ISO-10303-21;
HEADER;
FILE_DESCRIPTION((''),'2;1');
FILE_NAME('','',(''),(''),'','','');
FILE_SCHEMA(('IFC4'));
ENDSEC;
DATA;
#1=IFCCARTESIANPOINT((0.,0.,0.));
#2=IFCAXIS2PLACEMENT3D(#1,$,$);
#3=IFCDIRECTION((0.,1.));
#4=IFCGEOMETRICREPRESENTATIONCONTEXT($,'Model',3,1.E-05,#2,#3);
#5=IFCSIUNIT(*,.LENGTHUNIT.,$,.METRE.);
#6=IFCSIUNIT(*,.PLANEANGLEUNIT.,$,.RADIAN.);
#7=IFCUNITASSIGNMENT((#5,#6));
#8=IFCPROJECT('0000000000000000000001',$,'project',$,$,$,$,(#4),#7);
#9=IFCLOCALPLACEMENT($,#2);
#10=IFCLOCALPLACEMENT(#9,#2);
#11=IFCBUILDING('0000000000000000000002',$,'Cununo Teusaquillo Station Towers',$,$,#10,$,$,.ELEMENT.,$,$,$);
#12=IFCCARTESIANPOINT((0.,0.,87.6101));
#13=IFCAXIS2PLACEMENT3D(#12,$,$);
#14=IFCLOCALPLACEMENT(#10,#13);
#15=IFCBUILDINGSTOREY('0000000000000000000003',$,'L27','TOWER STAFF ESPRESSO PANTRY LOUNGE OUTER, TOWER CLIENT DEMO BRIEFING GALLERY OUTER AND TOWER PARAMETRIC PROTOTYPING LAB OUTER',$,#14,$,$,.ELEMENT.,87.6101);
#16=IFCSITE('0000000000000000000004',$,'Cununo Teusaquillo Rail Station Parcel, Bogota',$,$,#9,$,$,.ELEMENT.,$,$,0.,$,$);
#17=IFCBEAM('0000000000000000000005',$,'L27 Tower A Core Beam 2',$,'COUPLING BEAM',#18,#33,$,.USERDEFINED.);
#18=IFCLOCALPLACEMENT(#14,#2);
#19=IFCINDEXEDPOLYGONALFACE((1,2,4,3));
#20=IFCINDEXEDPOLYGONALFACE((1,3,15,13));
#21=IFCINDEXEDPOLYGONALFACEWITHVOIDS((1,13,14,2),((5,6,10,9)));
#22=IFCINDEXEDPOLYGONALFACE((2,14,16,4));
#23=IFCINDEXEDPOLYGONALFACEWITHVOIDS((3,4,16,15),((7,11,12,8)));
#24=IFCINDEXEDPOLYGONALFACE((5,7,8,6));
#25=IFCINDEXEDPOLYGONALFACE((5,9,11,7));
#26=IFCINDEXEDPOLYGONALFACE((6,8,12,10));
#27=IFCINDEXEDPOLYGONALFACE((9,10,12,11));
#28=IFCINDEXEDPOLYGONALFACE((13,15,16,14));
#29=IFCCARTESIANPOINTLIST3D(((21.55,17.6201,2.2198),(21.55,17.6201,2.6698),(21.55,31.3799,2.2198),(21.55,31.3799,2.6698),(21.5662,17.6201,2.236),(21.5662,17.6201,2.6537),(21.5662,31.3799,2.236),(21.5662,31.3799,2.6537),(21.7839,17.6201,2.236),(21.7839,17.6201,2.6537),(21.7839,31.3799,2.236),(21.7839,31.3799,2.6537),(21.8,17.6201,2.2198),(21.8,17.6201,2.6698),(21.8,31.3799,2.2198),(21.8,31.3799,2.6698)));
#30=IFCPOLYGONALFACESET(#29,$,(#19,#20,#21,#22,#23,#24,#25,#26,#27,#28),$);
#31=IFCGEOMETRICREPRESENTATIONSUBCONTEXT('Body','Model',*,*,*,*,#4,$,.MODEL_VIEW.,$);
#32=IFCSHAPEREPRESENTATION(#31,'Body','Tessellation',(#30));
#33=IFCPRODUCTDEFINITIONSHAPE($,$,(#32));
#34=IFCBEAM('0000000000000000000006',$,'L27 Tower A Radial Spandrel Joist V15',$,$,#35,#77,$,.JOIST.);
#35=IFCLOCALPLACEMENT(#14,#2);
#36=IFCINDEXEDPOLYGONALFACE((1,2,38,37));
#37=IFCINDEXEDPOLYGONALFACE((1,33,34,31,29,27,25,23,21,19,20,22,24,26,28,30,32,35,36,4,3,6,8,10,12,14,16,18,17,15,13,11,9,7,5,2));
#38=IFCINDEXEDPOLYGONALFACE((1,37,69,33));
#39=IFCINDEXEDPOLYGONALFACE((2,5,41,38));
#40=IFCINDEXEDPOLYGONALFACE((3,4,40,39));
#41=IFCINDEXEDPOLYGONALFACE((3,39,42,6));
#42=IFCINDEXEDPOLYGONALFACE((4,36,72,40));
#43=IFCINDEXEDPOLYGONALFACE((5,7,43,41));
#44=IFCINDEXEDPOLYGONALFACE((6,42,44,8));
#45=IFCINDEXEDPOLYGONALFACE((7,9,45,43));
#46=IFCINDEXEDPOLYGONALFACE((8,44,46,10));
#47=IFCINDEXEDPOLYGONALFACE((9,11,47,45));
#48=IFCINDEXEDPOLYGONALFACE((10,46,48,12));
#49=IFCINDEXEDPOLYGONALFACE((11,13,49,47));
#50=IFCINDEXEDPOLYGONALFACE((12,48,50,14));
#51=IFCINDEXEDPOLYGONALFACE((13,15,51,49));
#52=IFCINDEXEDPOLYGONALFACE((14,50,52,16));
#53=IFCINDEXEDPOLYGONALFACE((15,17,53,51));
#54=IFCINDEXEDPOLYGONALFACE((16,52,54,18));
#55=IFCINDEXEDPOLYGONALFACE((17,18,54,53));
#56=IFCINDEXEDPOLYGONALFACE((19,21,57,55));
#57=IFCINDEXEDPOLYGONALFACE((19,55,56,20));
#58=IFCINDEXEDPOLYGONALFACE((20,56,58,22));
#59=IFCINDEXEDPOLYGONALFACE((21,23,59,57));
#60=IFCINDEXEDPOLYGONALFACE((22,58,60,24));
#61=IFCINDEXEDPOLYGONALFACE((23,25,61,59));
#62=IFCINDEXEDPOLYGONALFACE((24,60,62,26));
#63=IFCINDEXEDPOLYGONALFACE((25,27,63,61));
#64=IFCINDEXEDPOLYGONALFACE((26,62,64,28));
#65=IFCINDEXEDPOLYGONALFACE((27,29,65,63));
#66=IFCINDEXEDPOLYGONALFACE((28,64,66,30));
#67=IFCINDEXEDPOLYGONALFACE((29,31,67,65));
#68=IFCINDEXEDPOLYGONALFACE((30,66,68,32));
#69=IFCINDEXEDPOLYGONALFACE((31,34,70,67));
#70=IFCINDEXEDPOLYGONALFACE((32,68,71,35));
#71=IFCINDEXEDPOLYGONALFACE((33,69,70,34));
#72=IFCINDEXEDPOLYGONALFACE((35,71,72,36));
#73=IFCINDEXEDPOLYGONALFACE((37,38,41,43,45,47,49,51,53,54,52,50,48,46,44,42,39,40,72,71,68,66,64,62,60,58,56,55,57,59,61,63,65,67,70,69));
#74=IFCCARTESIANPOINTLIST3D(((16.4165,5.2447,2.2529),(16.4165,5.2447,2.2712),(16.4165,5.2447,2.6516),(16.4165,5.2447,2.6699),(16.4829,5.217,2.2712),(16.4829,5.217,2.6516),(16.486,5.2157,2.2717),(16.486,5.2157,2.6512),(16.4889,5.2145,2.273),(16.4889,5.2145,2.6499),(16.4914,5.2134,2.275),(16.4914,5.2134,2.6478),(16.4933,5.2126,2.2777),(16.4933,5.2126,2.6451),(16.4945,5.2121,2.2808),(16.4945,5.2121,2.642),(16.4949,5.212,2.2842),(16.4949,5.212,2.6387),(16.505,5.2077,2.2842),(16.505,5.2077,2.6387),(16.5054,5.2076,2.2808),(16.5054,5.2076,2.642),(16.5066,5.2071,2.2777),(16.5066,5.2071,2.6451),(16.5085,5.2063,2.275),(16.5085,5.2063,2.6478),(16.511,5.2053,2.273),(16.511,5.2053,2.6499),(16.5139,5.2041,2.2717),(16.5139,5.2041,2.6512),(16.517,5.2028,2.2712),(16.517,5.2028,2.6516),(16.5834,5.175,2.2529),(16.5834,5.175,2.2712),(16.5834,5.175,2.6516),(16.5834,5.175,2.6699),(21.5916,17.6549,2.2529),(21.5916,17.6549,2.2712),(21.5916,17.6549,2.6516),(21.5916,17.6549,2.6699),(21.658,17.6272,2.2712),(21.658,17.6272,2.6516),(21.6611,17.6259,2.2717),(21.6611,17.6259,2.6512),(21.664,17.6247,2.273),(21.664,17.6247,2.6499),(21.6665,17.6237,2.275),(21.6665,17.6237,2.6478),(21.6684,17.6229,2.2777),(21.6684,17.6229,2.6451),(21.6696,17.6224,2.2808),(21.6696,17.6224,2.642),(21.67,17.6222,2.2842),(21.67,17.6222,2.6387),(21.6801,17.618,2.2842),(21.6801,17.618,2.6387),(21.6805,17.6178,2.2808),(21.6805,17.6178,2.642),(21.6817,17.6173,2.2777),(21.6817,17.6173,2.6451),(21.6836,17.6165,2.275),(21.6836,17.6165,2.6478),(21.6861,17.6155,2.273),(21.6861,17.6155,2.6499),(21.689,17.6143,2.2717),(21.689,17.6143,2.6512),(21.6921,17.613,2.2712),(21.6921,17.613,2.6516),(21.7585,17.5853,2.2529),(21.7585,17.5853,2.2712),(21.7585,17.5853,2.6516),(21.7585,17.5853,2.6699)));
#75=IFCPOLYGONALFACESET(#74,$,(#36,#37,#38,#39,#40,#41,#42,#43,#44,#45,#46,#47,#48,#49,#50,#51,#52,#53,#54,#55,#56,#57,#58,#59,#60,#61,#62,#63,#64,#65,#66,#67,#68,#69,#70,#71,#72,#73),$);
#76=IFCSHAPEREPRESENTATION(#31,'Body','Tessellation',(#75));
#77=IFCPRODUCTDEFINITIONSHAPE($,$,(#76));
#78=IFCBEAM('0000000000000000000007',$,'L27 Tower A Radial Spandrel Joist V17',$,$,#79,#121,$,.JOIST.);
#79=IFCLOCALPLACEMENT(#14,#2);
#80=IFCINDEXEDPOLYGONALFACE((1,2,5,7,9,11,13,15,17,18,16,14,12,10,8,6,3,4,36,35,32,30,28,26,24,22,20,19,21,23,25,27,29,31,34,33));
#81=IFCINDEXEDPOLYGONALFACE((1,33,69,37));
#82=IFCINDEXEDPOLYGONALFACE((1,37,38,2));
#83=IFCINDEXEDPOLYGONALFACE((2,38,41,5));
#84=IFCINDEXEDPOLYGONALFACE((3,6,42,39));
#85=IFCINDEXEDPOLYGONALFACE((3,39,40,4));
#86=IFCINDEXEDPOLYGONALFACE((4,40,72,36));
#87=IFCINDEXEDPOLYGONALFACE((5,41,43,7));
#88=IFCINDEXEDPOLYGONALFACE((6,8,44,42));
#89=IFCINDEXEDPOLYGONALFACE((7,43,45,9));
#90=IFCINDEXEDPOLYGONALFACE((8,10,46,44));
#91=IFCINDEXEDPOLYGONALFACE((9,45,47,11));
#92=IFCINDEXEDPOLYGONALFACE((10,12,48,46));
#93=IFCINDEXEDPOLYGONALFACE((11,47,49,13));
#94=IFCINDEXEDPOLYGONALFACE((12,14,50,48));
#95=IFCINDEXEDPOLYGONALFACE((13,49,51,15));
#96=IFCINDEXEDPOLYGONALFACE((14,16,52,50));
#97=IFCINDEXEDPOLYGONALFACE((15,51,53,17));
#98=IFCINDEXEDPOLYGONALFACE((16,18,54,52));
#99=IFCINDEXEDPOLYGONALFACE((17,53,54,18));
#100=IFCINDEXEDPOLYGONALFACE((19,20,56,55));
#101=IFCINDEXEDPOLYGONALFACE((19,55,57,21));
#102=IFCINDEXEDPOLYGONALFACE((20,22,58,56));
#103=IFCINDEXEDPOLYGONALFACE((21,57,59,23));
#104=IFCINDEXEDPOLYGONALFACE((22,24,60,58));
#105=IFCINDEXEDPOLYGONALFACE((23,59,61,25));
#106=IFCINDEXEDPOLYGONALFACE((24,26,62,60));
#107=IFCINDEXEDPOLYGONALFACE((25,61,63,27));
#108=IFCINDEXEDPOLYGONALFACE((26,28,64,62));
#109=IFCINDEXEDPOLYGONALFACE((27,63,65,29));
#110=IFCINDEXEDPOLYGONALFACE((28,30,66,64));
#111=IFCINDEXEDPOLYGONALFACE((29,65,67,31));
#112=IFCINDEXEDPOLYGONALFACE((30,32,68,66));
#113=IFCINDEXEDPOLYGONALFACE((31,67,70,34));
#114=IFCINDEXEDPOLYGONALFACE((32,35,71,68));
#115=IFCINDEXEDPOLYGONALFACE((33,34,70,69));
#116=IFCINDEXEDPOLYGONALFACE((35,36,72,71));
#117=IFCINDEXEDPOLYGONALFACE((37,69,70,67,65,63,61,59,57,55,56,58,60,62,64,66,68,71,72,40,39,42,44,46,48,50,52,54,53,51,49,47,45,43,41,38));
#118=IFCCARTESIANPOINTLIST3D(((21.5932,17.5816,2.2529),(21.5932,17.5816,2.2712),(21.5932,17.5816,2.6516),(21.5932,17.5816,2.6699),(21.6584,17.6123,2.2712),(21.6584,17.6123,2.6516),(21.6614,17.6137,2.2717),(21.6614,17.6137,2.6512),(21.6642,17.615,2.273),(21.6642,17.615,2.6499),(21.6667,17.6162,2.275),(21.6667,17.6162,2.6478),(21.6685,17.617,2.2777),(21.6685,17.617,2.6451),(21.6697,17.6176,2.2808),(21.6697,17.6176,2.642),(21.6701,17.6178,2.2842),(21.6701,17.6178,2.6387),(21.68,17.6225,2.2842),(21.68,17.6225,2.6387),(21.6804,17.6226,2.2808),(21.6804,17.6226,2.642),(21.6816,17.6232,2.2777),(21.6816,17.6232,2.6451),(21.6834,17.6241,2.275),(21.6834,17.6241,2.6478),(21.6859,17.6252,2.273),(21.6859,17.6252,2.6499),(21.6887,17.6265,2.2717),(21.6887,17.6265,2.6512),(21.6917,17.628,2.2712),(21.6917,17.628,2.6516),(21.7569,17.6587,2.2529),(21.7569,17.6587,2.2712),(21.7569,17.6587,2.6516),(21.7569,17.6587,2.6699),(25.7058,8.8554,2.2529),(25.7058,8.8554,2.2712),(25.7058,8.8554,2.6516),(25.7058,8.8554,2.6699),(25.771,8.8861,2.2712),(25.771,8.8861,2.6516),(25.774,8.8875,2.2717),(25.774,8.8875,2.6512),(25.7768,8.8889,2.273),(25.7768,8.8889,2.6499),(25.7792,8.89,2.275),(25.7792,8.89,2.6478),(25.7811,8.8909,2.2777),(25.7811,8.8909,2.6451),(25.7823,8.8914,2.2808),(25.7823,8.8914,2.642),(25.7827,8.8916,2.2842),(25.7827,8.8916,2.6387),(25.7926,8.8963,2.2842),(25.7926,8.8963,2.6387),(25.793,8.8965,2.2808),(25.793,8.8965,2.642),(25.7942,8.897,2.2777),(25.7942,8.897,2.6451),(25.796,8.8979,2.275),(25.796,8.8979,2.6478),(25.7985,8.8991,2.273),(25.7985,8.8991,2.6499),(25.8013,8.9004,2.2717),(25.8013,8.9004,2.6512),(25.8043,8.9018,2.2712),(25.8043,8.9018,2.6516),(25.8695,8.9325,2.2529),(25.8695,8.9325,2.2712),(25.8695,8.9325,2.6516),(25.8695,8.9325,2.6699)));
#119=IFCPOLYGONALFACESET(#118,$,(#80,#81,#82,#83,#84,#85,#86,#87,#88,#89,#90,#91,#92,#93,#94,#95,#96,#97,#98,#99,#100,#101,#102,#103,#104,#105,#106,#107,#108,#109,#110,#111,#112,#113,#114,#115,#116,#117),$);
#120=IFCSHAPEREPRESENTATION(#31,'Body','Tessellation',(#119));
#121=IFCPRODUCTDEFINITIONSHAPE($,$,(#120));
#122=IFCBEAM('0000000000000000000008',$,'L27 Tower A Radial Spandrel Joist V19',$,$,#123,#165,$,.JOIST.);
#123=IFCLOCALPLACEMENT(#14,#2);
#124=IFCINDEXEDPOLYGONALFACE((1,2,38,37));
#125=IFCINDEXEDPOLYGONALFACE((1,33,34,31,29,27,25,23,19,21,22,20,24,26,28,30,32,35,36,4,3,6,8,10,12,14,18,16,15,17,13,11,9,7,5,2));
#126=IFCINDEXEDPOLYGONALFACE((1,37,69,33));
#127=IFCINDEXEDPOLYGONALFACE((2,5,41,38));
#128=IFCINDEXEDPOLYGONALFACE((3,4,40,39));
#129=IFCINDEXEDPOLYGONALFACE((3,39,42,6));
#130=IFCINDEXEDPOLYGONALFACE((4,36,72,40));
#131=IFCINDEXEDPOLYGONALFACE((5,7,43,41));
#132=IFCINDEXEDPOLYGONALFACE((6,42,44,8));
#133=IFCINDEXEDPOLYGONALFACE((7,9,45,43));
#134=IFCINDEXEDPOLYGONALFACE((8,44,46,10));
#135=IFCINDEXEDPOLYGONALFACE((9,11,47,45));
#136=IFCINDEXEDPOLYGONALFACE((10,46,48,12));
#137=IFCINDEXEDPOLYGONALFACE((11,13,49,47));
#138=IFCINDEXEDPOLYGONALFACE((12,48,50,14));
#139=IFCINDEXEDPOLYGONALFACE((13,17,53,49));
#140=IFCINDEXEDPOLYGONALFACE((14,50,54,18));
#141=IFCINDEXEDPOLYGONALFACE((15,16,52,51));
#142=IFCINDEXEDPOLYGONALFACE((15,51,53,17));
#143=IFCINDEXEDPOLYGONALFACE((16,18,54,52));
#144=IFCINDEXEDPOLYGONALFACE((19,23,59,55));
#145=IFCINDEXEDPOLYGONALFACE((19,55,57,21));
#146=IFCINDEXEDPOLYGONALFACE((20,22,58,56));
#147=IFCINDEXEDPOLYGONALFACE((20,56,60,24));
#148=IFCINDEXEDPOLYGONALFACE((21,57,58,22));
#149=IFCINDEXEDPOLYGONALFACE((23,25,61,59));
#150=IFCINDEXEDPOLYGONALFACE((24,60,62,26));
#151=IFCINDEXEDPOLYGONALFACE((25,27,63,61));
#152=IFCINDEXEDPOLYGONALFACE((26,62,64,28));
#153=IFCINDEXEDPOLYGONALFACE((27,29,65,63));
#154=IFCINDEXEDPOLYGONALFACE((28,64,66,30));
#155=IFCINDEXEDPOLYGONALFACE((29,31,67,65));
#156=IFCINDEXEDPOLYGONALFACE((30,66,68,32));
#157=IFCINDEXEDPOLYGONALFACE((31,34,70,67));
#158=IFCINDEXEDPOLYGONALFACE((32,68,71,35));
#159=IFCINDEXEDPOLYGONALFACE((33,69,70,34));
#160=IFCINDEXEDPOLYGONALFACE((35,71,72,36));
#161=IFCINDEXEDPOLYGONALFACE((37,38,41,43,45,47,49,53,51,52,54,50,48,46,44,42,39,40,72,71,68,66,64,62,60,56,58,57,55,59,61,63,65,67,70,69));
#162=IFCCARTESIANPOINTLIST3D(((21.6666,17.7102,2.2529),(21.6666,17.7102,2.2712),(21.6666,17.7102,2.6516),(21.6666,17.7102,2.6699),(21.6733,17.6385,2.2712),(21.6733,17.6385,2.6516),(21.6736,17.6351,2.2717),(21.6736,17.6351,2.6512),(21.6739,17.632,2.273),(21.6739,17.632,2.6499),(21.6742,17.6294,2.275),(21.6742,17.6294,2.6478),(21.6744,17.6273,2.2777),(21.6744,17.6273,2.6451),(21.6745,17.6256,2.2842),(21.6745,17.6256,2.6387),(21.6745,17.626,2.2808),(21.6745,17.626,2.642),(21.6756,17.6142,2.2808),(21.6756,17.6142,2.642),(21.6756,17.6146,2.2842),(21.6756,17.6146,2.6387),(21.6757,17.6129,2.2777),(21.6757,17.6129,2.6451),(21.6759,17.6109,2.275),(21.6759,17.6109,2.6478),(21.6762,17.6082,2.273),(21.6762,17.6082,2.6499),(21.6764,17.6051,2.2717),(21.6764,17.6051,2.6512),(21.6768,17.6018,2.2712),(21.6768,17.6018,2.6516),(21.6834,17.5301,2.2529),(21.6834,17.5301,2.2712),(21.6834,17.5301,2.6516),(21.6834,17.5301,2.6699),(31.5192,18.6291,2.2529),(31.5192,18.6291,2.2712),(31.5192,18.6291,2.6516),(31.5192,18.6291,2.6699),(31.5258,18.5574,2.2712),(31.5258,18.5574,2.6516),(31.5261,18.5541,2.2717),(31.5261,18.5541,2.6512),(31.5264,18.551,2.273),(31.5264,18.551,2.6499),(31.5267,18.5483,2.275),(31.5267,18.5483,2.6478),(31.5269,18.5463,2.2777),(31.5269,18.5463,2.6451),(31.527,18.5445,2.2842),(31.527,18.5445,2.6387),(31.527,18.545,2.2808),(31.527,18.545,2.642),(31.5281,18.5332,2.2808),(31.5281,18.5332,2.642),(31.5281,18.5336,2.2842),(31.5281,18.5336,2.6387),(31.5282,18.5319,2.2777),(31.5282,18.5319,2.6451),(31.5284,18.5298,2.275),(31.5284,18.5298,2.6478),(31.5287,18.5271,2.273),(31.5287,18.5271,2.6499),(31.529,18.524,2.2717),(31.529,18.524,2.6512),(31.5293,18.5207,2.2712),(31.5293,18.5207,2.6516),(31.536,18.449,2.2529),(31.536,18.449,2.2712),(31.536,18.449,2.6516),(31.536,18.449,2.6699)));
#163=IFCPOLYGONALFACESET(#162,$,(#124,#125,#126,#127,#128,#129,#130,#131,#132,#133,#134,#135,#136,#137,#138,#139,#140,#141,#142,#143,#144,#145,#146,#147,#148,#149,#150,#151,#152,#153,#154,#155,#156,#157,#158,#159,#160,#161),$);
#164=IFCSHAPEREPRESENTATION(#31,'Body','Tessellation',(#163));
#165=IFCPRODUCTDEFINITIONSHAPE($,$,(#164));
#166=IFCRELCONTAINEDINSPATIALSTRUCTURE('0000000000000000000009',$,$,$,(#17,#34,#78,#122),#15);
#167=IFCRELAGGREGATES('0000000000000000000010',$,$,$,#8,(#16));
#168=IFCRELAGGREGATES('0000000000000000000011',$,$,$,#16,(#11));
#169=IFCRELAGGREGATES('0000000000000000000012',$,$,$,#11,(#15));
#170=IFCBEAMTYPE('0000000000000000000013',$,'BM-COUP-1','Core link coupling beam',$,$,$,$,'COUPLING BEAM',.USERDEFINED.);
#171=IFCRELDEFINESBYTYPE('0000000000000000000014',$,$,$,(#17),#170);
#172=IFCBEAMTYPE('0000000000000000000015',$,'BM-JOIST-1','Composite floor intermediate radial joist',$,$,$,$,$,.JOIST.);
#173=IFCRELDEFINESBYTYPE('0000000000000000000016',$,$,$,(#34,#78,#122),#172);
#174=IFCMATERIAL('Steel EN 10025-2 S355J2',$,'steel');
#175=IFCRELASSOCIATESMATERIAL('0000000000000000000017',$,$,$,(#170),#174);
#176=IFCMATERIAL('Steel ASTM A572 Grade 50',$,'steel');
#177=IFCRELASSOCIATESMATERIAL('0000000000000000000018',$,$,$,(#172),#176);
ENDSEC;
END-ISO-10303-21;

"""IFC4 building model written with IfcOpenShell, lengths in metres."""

from ifc_helpers import new_model, si_unit, direction, frame, origin, origin_2d, place, context, subcontext, project, spatial, hollow_rectangle, i_section, extrude, material, material_profile, profile_set, type_object, element, save


model = new_model("IFC4")

# Units and contexts
model_context = context("Model", 3, precision=1e-05, world=origin(), true_north=direction((0.0, 1.0)))
body_context = subcontext(model_context, "Body", "Model", "MODEL_VIEW")
ifc_project = project(units=[si_unit("LENGTHUNIT", "METRE"), si_unit("PLANEANGLEUNIT", "RADIAN")], contexts=[model_context])

# Site, building, storey
site_placement = place(None, origin())
site = spatial("IfcSite", under=ifc_project, at=site_placement, Name="Cununo Teusaquillo Rail Station Parcel, Bogota", CompositionType="ELEMENT", RefElevation=0.0)
building_placement = place(site_placement, origin())
building = spatial("IfcBuilding", under=site, at=building_placement, Name="Cununo Teusaquillo Station Towers", CompositionType="ELEMENT")
storey_placement = place(building_placement, frame((0.0, 0.0, 87.6101)))
storey = spatial("IfcBuildingStorey", under=building, at=storey_placement, Name="L27", Description="TOWER STAFF ESPRESSO PANTRY LOUNGE OUTER, TOWER CLIENT DEMO BRIEFING GALLERY OUTER AND TOWER PARAMETRIC PROTOTYPING LAB OUTER", CompositionType="ELEMENT", Elevation=87.6101)

# Beams
ifc_material_1 = material(Name="Steel EN 10025-2 S355J2", Category="steel")
ifc_material_profile_1 = material_profile(ifc_material_1, hollow_rectangle(XDim=0.25, YDim=0.45, WallThickness=0.0161, at=origin_2d()), Name="RHS 450x250x16")
ifc_profile_set_1 = profile_set([ifc_material_profile_1], Name="Steel EN 10025-2 S355J2")
beam_type_1 = type_object("IfcBeamType", Name="BM-COUP-1", Description="Core link coupling beam", ElementType="COUPLING BEAM", PredefinedType="USERDEFINED", material=ifc_profile_set_1)
beam_1_placement = place(storey_placement, frame((21.675, 17.6201, 2.4448), z_axis=(0.0, 1.0, 0.0), x_axis=(-1.0, 0.0, 0.0)))
element("IfcBeam", 1, at=beam_1_placement, inside=storey, type_object=beam_type_1, Name="L27 Tower A Core Beam 2", ObjectType="COUPLING BEAM", PredefinedType="USERDEFINED", context=body_context, shape_type="SweptSolid", body=[
    extrude(hollow_rectangle(XDim=0.25, YDim=0.45, WallThickness=0.0161, at=origin_2d()), origin(), (0.0, 0.0, 1.0), 13.7598),
])
ifc_material_2 = material(Name="Steel ASTM A572 Grade 50", Category="steel")
ifc_material_profile_2 = material_profile(ifc_material_2, i_section(OverallWidth=0.1809, OverallDepth=0.417, WebThickness=0.011, FlangeThickness=0.0183, FilletRadius=0.0129, at=origin_2d()), Name="W16X57")
ifc_profile_set_2 = profile_set([ifc_material_profile_2], Name="Steel ASTM A572 Grade 50")
beam_type_2 = type_object("IfcBeamType", Name="BM-JOIST-1", Description="Composite floor intermediate radial joist", PredefinedType="JOIST", material=ifc_profile_set_2)
beam_2_placement = place(storey_placement, frame((21.675, 17.6201, 2.4614), z_axis=(-0.384878, -0.922967, 0.0), x_axis=(0.922967, -0.384878, 0.0)))
element("IfcBeam", 2, at=beam_2_placement, inside=storey, type_object=beam_type_2, Name="L27 Tower A Radial Spandrel Joist V15", PredefinedType="JOIST", context=body_context, shape_type="SweptSolid", body=[
    extrude(i_section(OverallWidth=0.1809, OverallDepth=0.417, WebThickness=0.011, FlangeThickness=0.0183, FilletRadius=0.0129, at=origin_2d()), origin(), (0.0, 0.0, 1.0), 13.446),
])
beam_3_placement = place(storey_placement, frame((21.675, 17.6201, 2.4614), z_axis=(0.42632, -0.904572, 0.0), x_axis=(0.904572, 0.42632, 0.0)))
element("IfcBeam", 3, at=beam_3_placement, inside=storey, type_object=beam_type_2, Name="L27 Tower A Radial Spandrel Joist V17", PredefinedType="JOIST", context=body_context, shape_type="SweptSolid", body=[
    extrude(i_section(OverallWidth=0.1809, OverallDepth=0.417, WebThickness=0.011, FlangeThickness=0.0183, FilletRadius=0.0129, at=origin_2d()), origin(), (0.0, 0.0, 1.0), 9.6467),
])
beam_4_placement = place(storey_placement, frame((21.675, 17.6201, 2.4614), z_axis=(0.995679, 0.092867, 0.0), x_axis=(-0.092867, 0.995679, 0.0)))
element("IfcBeam", 4, at=beam_4_placement, inside=storey, type_object=beam_type_2, Name="L27 Tower A Radial Spandrel Joist V19", PredefinedType="JOIST", context=body_context, shape_type="SweptSolid", body=[
    extrude(i_section(OverallWidth=0.1809, OverallDepth=0.417, WebThickness=0.011, FlangeThickness=0.0183, FilletRadius=0.0129, at=origin_2d()), origin(), (0.0, 0.0, 1.0), 9.8953),
])

save(model, "model.ifc")
